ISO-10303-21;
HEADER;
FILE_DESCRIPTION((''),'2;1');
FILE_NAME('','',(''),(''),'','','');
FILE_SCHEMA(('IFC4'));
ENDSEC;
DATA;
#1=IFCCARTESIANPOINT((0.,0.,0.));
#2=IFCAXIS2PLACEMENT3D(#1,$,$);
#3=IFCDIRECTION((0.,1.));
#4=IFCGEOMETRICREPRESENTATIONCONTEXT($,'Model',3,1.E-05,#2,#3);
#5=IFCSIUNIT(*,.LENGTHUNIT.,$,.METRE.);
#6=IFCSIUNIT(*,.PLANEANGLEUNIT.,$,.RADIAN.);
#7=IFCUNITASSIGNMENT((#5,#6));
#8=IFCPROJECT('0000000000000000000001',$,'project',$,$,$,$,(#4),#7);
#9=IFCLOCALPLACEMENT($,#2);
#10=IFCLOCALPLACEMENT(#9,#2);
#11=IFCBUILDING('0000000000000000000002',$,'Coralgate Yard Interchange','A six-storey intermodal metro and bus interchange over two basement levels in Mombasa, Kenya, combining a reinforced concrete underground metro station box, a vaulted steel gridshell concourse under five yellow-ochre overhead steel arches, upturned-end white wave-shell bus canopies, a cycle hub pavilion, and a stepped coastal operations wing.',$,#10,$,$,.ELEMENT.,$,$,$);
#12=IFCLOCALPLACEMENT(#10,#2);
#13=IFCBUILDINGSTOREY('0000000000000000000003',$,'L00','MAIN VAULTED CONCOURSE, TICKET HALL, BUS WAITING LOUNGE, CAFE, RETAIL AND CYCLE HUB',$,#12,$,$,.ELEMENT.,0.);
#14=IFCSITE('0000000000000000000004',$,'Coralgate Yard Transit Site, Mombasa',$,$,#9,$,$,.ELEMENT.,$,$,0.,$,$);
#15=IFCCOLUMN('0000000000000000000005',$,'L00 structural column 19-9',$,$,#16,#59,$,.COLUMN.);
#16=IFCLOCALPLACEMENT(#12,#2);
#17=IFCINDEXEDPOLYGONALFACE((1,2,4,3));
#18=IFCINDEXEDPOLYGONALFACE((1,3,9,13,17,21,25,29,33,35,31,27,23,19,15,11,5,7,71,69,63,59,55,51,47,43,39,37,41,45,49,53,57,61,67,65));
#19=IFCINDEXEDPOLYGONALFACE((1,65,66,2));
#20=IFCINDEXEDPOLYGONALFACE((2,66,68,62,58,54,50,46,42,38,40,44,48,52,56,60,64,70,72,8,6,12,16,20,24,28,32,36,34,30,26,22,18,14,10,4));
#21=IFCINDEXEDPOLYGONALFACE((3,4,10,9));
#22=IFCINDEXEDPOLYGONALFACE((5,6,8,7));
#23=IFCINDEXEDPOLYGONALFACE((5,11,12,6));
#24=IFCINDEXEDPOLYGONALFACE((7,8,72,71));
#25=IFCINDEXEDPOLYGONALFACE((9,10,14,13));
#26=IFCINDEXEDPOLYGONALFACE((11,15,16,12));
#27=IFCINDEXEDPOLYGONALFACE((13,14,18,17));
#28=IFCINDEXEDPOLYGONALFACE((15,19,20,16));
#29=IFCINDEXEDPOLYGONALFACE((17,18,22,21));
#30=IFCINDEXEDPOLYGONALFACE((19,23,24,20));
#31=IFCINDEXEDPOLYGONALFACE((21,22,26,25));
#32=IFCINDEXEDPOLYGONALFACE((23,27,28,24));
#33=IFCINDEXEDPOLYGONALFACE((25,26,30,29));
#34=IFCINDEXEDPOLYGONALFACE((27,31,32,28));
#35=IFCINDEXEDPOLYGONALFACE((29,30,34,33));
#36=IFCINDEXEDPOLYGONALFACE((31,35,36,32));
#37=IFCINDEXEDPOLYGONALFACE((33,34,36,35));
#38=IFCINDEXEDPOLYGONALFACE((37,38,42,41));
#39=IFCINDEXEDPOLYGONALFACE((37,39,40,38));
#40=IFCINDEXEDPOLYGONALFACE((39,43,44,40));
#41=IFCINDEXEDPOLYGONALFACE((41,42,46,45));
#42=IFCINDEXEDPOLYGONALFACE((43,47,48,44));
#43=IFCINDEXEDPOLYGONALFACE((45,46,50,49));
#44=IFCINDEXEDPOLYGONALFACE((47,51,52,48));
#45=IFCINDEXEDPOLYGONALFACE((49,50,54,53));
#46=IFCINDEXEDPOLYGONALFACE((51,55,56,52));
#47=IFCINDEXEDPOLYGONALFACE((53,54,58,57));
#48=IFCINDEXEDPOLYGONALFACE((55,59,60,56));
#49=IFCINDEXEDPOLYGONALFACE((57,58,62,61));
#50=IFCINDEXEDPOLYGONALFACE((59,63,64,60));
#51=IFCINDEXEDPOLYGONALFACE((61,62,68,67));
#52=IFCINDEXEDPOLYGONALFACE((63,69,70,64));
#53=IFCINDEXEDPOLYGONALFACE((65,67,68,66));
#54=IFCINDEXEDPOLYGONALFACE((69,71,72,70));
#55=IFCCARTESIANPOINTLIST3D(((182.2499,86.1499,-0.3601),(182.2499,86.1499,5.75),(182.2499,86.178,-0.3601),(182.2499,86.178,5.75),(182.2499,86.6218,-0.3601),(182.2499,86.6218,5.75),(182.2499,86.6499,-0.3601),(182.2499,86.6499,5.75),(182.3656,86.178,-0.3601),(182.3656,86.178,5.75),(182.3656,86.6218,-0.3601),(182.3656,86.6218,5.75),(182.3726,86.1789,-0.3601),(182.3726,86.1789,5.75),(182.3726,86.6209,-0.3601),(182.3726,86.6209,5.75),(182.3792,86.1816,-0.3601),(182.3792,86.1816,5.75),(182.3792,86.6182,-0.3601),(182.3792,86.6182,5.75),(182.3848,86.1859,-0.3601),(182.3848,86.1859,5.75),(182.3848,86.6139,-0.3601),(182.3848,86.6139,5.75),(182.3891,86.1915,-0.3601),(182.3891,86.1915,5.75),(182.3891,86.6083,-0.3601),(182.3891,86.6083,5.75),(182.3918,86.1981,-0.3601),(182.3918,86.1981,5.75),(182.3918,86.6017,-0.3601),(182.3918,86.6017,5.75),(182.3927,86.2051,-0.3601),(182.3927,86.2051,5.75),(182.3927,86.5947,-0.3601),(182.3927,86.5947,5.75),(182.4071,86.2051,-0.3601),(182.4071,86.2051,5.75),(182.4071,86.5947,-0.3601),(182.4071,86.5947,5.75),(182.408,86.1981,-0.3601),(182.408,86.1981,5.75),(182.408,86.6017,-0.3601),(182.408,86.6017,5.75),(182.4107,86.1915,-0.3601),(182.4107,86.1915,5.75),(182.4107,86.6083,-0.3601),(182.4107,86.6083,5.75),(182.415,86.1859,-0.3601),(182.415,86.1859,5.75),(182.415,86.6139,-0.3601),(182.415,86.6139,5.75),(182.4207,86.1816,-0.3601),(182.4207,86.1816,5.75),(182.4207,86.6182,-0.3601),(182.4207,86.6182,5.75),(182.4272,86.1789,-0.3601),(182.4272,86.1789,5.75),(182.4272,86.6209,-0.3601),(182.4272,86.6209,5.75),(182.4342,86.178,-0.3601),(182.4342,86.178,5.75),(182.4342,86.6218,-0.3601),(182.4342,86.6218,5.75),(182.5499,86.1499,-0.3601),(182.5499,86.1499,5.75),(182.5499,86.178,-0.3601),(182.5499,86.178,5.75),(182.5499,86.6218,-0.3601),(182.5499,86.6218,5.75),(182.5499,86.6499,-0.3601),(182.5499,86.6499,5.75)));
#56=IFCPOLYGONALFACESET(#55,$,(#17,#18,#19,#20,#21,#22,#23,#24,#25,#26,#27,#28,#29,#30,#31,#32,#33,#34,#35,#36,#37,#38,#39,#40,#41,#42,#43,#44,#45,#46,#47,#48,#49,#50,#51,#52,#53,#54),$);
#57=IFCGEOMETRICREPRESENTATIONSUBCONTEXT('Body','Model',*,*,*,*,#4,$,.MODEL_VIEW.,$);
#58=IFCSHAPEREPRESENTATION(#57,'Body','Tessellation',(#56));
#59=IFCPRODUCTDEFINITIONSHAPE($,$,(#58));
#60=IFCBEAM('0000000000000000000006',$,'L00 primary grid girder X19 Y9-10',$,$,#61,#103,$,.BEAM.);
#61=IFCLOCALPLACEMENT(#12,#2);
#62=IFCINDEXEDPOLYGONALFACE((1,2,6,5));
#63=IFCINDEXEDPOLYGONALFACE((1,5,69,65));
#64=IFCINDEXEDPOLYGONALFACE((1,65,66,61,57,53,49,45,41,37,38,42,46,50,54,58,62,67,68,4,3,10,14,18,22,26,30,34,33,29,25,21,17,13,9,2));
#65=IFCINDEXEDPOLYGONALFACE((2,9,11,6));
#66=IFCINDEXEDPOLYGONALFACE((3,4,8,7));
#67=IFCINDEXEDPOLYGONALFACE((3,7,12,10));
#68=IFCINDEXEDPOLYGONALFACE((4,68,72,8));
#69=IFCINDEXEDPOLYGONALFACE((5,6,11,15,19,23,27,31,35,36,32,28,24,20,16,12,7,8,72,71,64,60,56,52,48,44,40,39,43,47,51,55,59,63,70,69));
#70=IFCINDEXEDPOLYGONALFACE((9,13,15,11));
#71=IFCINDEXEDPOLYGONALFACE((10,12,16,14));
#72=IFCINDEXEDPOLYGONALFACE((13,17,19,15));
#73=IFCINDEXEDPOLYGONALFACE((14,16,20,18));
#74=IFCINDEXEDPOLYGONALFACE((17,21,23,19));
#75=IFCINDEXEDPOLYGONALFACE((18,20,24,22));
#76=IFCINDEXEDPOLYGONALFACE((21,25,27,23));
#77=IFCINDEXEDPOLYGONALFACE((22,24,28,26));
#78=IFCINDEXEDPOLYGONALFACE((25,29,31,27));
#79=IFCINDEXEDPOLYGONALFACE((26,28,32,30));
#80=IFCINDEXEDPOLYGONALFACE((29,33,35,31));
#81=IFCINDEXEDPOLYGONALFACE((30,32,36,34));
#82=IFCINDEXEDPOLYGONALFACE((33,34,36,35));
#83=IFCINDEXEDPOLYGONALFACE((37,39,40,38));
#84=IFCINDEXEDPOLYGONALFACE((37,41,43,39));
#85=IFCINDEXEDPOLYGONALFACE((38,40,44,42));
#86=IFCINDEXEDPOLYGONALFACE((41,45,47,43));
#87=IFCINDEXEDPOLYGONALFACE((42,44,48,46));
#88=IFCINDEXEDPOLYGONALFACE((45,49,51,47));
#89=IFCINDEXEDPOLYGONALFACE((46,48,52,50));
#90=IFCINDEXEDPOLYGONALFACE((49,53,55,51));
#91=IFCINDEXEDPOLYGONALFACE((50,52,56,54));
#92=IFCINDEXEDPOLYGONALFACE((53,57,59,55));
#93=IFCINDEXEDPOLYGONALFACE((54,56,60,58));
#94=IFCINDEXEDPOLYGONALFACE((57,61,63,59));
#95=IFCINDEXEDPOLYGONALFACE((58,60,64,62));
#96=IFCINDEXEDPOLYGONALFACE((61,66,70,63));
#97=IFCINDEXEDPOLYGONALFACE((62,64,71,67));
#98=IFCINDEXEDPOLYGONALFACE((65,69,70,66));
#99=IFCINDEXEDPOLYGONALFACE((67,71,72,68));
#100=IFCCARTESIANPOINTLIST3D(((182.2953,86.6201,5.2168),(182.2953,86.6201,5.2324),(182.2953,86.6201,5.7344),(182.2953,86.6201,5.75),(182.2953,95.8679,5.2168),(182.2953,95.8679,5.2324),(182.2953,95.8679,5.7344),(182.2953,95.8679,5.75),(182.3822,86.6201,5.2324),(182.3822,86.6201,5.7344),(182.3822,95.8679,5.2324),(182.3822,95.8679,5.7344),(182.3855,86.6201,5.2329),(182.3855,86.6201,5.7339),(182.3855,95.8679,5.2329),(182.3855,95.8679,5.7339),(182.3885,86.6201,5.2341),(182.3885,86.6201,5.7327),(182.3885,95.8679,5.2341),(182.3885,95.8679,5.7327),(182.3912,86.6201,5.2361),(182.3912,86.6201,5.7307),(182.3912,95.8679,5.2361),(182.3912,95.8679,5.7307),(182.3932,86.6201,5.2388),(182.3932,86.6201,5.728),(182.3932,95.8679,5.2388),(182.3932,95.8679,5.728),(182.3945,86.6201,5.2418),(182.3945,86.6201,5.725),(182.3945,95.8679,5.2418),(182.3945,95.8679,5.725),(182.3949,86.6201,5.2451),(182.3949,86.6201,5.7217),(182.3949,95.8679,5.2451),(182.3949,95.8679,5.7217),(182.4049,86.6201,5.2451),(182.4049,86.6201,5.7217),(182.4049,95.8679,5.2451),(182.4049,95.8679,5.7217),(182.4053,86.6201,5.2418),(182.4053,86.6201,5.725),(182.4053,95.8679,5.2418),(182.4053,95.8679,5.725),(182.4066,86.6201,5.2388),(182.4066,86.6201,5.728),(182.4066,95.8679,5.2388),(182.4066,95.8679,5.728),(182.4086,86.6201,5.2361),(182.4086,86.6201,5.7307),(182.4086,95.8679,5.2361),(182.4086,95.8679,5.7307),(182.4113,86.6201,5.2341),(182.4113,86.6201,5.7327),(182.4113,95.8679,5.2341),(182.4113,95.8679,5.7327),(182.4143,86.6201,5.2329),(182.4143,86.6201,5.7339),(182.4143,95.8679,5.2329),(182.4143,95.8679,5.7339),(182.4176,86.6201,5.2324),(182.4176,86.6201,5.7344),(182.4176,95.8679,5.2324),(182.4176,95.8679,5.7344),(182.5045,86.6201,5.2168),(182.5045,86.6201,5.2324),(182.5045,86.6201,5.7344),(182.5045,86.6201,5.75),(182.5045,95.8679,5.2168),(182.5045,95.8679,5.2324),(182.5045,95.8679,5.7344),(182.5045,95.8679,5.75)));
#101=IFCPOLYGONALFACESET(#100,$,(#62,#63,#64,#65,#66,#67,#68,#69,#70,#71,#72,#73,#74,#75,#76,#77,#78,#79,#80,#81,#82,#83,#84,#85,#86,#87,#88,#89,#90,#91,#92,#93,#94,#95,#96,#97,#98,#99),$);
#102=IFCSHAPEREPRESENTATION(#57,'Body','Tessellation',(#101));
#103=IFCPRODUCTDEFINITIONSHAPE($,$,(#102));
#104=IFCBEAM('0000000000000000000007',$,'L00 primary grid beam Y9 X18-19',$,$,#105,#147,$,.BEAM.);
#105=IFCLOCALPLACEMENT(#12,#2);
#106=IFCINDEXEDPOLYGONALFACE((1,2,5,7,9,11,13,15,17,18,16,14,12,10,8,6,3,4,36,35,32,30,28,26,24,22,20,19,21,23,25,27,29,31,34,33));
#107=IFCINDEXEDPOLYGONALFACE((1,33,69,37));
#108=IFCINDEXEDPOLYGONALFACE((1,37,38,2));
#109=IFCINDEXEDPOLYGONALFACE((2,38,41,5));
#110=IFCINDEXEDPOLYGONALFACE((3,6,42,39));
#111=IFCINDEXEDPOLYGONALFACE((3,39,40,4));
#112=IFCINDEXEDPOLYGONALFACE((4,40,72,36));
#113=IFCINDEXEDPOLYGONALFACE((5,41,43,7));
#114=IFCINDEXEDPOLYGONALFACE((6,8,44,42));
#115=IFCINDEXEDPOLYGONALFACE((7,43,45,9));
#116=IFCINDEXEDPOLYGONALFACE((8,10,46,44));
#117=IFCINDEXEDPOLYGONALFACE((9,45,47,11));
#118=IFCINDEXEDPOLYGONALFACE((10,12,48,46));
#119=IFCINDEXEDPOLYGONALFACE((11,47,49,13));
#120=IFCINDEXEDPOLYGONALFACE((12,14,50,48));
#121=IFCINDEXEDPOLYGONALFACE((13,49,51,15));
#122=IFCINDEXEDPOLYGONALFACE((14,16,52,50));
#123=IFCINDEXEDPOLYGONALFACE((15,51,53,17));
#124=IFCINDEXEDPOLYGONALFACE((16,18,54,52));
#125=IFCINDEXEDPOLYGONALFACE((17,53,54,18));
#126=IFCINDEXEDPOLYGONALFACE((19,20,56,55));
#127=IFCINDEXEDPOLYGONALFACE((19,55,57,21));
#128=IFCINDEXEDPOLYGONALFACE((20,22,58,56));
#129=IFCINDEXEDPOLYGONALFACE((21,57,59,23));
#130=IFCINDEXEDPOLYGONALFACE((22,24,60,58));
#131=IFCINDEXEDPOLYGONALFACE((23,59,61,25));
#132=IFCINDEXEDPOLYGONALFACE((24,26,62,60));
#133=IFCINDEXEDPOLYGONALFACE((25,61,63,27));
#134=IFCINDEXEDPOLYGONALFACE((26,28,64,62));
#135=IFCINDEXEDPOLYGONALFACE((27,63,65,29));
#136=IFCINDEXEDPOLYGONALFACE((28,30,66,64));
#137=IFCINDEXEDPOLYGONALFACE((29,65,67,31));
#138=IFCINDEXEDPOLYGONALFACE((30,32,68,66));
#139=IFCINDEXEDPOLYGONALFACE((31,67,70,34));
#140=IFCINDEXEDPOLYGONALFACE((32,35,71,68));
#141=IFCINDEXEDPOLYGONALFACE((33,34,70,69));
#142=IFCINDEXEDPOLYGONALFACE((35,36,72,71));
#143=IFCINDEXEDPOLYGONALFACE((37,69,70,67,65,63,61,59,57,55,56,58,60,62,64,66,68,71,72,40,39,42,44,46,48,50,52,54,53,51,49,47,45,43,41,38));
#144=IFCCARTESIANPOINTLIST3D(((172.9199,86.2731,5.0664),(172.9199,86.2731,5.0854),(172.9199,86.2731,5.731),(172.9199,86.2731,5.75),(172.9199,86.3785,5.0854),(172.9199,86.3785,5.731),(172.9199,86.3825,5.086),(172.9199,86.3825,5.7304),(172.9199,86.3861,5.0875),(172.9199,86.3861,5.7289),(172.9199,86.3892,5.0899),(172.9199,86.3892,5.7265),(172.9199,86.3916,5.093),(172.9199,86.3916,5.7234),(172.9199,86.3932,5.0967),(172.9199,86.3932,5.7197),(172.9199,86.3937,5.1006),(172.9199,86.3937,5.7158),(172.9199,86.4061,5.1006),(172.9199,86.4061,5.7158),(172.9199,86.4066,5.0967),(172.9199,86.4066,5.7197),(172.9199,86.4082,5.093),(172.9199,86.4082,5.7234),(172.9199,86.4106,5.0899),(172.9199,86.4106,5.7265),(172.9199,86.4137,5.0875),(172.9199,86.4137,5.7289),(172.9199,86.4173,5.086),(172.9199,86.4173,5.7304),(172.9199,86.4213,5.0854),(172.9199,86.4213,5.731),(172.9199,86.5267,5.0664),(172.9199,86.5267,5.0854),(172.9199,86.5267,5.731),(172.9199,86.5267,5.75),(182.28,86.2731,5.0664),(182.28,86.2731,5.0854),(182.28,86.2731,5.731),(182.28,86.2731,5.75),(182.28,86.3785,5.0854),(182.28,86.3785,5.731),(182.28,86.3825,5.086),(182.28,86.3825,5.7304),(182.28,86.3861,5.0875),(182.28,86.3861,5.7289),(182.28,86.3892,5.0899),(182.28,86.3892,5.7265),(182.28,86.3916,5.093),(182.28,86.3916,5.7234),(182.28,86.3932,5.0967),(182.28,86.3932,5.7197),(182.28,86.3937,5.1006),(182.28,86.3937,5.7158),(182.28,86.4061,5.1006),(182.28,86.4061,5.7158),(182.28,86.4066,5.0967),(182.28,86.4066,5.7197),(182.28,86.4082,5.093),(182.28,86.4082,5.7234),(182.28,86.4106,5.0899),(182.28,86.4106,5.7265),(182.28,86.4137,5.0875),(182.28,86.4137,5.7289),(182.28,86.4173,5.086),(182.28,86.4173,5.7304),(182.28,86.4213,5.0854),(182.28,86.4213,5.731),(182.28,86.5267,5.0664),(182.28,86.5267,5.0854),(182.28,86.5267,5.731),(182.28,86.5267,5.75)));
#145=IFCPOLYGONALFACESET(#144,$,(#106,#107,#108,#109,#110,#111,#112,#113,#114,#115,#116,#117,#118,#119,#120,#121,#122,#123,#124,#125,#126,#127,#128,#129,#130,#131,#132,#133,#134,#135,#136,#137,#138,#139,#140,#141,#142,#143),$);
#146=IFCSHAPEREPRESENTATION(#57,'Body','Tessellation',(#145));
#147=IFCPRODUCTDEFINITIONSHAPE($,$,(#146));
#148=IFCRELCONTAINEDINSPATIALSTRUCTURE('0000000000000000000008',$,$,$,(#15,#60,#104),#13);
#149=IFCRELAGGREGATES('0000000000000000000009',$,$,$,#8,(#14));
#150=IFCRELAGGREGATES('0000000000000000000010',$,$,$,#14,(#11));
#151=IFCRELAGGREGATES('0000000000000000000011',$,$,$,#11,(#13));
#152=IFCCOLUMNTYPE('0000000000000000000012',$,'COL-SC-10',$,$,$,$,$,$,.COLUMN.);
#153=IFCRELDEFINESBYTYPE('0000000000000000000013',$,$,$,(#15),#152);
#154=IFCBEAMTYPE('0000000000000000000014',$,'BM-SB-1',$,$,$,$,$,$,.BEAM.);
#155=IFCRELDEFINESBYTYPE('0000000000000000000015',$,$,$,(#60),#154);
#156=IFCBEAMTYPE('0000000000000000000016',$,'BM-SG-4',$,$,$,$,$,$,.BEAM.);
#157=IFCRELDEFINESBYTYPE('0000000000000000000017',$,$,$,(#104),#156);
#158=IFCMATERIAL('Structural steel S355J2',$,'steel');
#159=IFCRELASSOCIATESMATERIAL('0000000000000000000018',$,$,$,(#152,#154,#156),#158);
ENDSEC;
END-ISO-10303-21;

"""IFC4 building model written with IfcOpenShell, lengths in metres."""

from ifc_helpers import new_model, si_unit, direction, frame, origin, origin_2d, place, context, subcontext, project, spatial, i_section, extrude, material, material_profile, profile_set, type_object, element, save


model = new_model("IFC4")

# Units and contexts
model_context = context("Model", 3, precision=1e-05, world=origin(), true_north=direction((0.0, 1.0)))
body_context = subcontext(model_context, "Body", "Model", "MODEL_VIEW")
ifc_project = project(units=[si_unit("LENGTHUNIT", "METRE"), si_unit("PLANEANGLEUNIT", "RADIAN")], contexts=[model_context])

# Site, building, storey
site_placement = place(None, origin())
site = spatial("IfcSite", under=ifc_project, at=site_placement, Name="Coralgate Yard Transit Site, Mombasa", CompositionType="ELEMENT", RefElevation=0.0)
building_placement = place(site_placement, origin())
building = spatial("IfcBuilding", under=site, at=building_placement, Name="Coralgate Yard Interchange", Description="A six-storey intermodal metro and bus interchange over two basement levels in Mombasa, Kenya, combining a reinforced concrete underground metro station box, a vaulted steel gridshell concourse under five yellow-ochre overhead steel arches, upturned-end white wave-shell bus canopies, a cycle hub pavilion, and a stepped coastal operations wing.", CompositionType="ELEMENT")
storey_placement = place(building_placement, origin())
storey = spatial("IfcBuildingStorey", under=building, at=storey_placement, Name="L00", Description="MAIN VAULTED CONCOURSE, TICKET HALL, BUS WAITING LOUNGE, CAFE, RETAIL AND CYCLE HUB", CompositionType="ELEMENT", Elevation=0.0)

# Column
ifc_material_1 = material(Name="Structural steel S355J2", Category="steel")
ifc_material_profile_1 = material_profile(ifc_material_1, i_section(OverallWidth=0.3, OverallDepth=0.5, WebThickness=0.0144, FlangeThickness=0.0281, FilletRadius=0.0271, at=origin_2d()), Name="HEB 500")
ifc_profile_set_1 = profile_set([ifc_material_profile_1], Name="Structural steel S355J2")
column_type = type_object("IfcColumnType", Name="COL-SC-10", PredefinedType="COLUMN", material=ifc_profile_set_1)
column_placement = place(storey_placement, frame((182.3999, 86.3999, -0.3601), z_axis=(0.0, 0.0, 1.0), x_axis=(1.0, 0.0, 0.0)))
element("IfcColumn", 1, at=column_placement, inside=storey, type_object=column_type, Name="L00 structural column 19-9", PredefinedType="COLUMN", context=body_context, shape_type="SweptSolid", body=[
    extrude(i_section(OverallWidth=0.3, OverallDepth=0.5, WebThickness=0.0144, FlangeThickness=0.0281, FilletRadius=0.0271, at=origin_2d()), origin(), (0.0, 0.0, 1.0), 6.1101),
])

# Beams
ifc_material_profile_2 = material_profile(ifc_material_1, i_section(OverallWidth=0.2092, OverallDepth=0.5332, WebThickness=0.01, FlangeThickness=0.0156, FilletRadius=0.0127, at=origin_2d()), Name="UB 533x210x92")
ifc_profile_set_2 = profile_set([ifc_material_profile_2], Name="Structural steel S355J2")
beam_type_1 = type_object("IfcBeamType", Name="BM-SB-1", PredefinedType="BEAM", material=ifc_profile_set_2)
beam_1_placement = place(storey_placement, frame((182.3999, 86.6201, 5.4834), z_axis=(0.0, 1.0, 0.0), x_axis=(-1.0, 0.0, 0.0)))
element("IfcBeam", 2, at=beam_1_placement, inside=storey, type_object=beam_type_1, Name="L00 primary grid girder X19 Y9-10", PredefinedType="BEAM", context=body_context, shape_type="SweptSolid", body=[
    extrude(i_section(OverallWidth=0.2092, OverallDepth=0.5332, WebThickness=0.01, FlangeThickness=0.0156, FilletRadius=0.0127, at=origin_2d()), origin(), (0.0, 0.0, 1.0), 9.2478),
])
ifc_material_profile_3 = material_profile(ifc_material_1, i_section(OverallWidth=0.2537, OverallDepth=0.6836, WebThickness=0.0125, FlangeThickness=0.019, FilletRadius=0.0151, at=origin_2d()), Name="UB 686x254x140")
ifc_profile_set_3 = profile_set([ifc_material_profile_3], Name="Structural steel S355J2")
beam_type_2 = type_object("IfcBeamType", Name="BM-SG-4", PredefinedType="BEAM", material=ifc_profile_set_3)
beam_2_placement = place(storey_placement, frame((172.9199, 86.3999, 5.4082), z_axis=(1.0, 0.0, 0.0), x_axis=(0.0, 1.0, 0.0)))
element("IfcBeam", 3, at=beam_2_placement, inside=storey, type_object=beam_type_2, Name="L00 primary grid beam Y9 X18-19", PredefinedType="BEAM", context=body_context, shape_type="SweptSolid", body=[
    extrude(i_section(OverallWidth=0.2537, OverallDepth=0.6836, WebThickness=0.0125, FlangeThickness=0.019, FilletRadius=0.0151, at=origin_2d()), origin(), (0.0, 0.0, 1.0), 9.3601),
])

save(model, "model.ifc")
